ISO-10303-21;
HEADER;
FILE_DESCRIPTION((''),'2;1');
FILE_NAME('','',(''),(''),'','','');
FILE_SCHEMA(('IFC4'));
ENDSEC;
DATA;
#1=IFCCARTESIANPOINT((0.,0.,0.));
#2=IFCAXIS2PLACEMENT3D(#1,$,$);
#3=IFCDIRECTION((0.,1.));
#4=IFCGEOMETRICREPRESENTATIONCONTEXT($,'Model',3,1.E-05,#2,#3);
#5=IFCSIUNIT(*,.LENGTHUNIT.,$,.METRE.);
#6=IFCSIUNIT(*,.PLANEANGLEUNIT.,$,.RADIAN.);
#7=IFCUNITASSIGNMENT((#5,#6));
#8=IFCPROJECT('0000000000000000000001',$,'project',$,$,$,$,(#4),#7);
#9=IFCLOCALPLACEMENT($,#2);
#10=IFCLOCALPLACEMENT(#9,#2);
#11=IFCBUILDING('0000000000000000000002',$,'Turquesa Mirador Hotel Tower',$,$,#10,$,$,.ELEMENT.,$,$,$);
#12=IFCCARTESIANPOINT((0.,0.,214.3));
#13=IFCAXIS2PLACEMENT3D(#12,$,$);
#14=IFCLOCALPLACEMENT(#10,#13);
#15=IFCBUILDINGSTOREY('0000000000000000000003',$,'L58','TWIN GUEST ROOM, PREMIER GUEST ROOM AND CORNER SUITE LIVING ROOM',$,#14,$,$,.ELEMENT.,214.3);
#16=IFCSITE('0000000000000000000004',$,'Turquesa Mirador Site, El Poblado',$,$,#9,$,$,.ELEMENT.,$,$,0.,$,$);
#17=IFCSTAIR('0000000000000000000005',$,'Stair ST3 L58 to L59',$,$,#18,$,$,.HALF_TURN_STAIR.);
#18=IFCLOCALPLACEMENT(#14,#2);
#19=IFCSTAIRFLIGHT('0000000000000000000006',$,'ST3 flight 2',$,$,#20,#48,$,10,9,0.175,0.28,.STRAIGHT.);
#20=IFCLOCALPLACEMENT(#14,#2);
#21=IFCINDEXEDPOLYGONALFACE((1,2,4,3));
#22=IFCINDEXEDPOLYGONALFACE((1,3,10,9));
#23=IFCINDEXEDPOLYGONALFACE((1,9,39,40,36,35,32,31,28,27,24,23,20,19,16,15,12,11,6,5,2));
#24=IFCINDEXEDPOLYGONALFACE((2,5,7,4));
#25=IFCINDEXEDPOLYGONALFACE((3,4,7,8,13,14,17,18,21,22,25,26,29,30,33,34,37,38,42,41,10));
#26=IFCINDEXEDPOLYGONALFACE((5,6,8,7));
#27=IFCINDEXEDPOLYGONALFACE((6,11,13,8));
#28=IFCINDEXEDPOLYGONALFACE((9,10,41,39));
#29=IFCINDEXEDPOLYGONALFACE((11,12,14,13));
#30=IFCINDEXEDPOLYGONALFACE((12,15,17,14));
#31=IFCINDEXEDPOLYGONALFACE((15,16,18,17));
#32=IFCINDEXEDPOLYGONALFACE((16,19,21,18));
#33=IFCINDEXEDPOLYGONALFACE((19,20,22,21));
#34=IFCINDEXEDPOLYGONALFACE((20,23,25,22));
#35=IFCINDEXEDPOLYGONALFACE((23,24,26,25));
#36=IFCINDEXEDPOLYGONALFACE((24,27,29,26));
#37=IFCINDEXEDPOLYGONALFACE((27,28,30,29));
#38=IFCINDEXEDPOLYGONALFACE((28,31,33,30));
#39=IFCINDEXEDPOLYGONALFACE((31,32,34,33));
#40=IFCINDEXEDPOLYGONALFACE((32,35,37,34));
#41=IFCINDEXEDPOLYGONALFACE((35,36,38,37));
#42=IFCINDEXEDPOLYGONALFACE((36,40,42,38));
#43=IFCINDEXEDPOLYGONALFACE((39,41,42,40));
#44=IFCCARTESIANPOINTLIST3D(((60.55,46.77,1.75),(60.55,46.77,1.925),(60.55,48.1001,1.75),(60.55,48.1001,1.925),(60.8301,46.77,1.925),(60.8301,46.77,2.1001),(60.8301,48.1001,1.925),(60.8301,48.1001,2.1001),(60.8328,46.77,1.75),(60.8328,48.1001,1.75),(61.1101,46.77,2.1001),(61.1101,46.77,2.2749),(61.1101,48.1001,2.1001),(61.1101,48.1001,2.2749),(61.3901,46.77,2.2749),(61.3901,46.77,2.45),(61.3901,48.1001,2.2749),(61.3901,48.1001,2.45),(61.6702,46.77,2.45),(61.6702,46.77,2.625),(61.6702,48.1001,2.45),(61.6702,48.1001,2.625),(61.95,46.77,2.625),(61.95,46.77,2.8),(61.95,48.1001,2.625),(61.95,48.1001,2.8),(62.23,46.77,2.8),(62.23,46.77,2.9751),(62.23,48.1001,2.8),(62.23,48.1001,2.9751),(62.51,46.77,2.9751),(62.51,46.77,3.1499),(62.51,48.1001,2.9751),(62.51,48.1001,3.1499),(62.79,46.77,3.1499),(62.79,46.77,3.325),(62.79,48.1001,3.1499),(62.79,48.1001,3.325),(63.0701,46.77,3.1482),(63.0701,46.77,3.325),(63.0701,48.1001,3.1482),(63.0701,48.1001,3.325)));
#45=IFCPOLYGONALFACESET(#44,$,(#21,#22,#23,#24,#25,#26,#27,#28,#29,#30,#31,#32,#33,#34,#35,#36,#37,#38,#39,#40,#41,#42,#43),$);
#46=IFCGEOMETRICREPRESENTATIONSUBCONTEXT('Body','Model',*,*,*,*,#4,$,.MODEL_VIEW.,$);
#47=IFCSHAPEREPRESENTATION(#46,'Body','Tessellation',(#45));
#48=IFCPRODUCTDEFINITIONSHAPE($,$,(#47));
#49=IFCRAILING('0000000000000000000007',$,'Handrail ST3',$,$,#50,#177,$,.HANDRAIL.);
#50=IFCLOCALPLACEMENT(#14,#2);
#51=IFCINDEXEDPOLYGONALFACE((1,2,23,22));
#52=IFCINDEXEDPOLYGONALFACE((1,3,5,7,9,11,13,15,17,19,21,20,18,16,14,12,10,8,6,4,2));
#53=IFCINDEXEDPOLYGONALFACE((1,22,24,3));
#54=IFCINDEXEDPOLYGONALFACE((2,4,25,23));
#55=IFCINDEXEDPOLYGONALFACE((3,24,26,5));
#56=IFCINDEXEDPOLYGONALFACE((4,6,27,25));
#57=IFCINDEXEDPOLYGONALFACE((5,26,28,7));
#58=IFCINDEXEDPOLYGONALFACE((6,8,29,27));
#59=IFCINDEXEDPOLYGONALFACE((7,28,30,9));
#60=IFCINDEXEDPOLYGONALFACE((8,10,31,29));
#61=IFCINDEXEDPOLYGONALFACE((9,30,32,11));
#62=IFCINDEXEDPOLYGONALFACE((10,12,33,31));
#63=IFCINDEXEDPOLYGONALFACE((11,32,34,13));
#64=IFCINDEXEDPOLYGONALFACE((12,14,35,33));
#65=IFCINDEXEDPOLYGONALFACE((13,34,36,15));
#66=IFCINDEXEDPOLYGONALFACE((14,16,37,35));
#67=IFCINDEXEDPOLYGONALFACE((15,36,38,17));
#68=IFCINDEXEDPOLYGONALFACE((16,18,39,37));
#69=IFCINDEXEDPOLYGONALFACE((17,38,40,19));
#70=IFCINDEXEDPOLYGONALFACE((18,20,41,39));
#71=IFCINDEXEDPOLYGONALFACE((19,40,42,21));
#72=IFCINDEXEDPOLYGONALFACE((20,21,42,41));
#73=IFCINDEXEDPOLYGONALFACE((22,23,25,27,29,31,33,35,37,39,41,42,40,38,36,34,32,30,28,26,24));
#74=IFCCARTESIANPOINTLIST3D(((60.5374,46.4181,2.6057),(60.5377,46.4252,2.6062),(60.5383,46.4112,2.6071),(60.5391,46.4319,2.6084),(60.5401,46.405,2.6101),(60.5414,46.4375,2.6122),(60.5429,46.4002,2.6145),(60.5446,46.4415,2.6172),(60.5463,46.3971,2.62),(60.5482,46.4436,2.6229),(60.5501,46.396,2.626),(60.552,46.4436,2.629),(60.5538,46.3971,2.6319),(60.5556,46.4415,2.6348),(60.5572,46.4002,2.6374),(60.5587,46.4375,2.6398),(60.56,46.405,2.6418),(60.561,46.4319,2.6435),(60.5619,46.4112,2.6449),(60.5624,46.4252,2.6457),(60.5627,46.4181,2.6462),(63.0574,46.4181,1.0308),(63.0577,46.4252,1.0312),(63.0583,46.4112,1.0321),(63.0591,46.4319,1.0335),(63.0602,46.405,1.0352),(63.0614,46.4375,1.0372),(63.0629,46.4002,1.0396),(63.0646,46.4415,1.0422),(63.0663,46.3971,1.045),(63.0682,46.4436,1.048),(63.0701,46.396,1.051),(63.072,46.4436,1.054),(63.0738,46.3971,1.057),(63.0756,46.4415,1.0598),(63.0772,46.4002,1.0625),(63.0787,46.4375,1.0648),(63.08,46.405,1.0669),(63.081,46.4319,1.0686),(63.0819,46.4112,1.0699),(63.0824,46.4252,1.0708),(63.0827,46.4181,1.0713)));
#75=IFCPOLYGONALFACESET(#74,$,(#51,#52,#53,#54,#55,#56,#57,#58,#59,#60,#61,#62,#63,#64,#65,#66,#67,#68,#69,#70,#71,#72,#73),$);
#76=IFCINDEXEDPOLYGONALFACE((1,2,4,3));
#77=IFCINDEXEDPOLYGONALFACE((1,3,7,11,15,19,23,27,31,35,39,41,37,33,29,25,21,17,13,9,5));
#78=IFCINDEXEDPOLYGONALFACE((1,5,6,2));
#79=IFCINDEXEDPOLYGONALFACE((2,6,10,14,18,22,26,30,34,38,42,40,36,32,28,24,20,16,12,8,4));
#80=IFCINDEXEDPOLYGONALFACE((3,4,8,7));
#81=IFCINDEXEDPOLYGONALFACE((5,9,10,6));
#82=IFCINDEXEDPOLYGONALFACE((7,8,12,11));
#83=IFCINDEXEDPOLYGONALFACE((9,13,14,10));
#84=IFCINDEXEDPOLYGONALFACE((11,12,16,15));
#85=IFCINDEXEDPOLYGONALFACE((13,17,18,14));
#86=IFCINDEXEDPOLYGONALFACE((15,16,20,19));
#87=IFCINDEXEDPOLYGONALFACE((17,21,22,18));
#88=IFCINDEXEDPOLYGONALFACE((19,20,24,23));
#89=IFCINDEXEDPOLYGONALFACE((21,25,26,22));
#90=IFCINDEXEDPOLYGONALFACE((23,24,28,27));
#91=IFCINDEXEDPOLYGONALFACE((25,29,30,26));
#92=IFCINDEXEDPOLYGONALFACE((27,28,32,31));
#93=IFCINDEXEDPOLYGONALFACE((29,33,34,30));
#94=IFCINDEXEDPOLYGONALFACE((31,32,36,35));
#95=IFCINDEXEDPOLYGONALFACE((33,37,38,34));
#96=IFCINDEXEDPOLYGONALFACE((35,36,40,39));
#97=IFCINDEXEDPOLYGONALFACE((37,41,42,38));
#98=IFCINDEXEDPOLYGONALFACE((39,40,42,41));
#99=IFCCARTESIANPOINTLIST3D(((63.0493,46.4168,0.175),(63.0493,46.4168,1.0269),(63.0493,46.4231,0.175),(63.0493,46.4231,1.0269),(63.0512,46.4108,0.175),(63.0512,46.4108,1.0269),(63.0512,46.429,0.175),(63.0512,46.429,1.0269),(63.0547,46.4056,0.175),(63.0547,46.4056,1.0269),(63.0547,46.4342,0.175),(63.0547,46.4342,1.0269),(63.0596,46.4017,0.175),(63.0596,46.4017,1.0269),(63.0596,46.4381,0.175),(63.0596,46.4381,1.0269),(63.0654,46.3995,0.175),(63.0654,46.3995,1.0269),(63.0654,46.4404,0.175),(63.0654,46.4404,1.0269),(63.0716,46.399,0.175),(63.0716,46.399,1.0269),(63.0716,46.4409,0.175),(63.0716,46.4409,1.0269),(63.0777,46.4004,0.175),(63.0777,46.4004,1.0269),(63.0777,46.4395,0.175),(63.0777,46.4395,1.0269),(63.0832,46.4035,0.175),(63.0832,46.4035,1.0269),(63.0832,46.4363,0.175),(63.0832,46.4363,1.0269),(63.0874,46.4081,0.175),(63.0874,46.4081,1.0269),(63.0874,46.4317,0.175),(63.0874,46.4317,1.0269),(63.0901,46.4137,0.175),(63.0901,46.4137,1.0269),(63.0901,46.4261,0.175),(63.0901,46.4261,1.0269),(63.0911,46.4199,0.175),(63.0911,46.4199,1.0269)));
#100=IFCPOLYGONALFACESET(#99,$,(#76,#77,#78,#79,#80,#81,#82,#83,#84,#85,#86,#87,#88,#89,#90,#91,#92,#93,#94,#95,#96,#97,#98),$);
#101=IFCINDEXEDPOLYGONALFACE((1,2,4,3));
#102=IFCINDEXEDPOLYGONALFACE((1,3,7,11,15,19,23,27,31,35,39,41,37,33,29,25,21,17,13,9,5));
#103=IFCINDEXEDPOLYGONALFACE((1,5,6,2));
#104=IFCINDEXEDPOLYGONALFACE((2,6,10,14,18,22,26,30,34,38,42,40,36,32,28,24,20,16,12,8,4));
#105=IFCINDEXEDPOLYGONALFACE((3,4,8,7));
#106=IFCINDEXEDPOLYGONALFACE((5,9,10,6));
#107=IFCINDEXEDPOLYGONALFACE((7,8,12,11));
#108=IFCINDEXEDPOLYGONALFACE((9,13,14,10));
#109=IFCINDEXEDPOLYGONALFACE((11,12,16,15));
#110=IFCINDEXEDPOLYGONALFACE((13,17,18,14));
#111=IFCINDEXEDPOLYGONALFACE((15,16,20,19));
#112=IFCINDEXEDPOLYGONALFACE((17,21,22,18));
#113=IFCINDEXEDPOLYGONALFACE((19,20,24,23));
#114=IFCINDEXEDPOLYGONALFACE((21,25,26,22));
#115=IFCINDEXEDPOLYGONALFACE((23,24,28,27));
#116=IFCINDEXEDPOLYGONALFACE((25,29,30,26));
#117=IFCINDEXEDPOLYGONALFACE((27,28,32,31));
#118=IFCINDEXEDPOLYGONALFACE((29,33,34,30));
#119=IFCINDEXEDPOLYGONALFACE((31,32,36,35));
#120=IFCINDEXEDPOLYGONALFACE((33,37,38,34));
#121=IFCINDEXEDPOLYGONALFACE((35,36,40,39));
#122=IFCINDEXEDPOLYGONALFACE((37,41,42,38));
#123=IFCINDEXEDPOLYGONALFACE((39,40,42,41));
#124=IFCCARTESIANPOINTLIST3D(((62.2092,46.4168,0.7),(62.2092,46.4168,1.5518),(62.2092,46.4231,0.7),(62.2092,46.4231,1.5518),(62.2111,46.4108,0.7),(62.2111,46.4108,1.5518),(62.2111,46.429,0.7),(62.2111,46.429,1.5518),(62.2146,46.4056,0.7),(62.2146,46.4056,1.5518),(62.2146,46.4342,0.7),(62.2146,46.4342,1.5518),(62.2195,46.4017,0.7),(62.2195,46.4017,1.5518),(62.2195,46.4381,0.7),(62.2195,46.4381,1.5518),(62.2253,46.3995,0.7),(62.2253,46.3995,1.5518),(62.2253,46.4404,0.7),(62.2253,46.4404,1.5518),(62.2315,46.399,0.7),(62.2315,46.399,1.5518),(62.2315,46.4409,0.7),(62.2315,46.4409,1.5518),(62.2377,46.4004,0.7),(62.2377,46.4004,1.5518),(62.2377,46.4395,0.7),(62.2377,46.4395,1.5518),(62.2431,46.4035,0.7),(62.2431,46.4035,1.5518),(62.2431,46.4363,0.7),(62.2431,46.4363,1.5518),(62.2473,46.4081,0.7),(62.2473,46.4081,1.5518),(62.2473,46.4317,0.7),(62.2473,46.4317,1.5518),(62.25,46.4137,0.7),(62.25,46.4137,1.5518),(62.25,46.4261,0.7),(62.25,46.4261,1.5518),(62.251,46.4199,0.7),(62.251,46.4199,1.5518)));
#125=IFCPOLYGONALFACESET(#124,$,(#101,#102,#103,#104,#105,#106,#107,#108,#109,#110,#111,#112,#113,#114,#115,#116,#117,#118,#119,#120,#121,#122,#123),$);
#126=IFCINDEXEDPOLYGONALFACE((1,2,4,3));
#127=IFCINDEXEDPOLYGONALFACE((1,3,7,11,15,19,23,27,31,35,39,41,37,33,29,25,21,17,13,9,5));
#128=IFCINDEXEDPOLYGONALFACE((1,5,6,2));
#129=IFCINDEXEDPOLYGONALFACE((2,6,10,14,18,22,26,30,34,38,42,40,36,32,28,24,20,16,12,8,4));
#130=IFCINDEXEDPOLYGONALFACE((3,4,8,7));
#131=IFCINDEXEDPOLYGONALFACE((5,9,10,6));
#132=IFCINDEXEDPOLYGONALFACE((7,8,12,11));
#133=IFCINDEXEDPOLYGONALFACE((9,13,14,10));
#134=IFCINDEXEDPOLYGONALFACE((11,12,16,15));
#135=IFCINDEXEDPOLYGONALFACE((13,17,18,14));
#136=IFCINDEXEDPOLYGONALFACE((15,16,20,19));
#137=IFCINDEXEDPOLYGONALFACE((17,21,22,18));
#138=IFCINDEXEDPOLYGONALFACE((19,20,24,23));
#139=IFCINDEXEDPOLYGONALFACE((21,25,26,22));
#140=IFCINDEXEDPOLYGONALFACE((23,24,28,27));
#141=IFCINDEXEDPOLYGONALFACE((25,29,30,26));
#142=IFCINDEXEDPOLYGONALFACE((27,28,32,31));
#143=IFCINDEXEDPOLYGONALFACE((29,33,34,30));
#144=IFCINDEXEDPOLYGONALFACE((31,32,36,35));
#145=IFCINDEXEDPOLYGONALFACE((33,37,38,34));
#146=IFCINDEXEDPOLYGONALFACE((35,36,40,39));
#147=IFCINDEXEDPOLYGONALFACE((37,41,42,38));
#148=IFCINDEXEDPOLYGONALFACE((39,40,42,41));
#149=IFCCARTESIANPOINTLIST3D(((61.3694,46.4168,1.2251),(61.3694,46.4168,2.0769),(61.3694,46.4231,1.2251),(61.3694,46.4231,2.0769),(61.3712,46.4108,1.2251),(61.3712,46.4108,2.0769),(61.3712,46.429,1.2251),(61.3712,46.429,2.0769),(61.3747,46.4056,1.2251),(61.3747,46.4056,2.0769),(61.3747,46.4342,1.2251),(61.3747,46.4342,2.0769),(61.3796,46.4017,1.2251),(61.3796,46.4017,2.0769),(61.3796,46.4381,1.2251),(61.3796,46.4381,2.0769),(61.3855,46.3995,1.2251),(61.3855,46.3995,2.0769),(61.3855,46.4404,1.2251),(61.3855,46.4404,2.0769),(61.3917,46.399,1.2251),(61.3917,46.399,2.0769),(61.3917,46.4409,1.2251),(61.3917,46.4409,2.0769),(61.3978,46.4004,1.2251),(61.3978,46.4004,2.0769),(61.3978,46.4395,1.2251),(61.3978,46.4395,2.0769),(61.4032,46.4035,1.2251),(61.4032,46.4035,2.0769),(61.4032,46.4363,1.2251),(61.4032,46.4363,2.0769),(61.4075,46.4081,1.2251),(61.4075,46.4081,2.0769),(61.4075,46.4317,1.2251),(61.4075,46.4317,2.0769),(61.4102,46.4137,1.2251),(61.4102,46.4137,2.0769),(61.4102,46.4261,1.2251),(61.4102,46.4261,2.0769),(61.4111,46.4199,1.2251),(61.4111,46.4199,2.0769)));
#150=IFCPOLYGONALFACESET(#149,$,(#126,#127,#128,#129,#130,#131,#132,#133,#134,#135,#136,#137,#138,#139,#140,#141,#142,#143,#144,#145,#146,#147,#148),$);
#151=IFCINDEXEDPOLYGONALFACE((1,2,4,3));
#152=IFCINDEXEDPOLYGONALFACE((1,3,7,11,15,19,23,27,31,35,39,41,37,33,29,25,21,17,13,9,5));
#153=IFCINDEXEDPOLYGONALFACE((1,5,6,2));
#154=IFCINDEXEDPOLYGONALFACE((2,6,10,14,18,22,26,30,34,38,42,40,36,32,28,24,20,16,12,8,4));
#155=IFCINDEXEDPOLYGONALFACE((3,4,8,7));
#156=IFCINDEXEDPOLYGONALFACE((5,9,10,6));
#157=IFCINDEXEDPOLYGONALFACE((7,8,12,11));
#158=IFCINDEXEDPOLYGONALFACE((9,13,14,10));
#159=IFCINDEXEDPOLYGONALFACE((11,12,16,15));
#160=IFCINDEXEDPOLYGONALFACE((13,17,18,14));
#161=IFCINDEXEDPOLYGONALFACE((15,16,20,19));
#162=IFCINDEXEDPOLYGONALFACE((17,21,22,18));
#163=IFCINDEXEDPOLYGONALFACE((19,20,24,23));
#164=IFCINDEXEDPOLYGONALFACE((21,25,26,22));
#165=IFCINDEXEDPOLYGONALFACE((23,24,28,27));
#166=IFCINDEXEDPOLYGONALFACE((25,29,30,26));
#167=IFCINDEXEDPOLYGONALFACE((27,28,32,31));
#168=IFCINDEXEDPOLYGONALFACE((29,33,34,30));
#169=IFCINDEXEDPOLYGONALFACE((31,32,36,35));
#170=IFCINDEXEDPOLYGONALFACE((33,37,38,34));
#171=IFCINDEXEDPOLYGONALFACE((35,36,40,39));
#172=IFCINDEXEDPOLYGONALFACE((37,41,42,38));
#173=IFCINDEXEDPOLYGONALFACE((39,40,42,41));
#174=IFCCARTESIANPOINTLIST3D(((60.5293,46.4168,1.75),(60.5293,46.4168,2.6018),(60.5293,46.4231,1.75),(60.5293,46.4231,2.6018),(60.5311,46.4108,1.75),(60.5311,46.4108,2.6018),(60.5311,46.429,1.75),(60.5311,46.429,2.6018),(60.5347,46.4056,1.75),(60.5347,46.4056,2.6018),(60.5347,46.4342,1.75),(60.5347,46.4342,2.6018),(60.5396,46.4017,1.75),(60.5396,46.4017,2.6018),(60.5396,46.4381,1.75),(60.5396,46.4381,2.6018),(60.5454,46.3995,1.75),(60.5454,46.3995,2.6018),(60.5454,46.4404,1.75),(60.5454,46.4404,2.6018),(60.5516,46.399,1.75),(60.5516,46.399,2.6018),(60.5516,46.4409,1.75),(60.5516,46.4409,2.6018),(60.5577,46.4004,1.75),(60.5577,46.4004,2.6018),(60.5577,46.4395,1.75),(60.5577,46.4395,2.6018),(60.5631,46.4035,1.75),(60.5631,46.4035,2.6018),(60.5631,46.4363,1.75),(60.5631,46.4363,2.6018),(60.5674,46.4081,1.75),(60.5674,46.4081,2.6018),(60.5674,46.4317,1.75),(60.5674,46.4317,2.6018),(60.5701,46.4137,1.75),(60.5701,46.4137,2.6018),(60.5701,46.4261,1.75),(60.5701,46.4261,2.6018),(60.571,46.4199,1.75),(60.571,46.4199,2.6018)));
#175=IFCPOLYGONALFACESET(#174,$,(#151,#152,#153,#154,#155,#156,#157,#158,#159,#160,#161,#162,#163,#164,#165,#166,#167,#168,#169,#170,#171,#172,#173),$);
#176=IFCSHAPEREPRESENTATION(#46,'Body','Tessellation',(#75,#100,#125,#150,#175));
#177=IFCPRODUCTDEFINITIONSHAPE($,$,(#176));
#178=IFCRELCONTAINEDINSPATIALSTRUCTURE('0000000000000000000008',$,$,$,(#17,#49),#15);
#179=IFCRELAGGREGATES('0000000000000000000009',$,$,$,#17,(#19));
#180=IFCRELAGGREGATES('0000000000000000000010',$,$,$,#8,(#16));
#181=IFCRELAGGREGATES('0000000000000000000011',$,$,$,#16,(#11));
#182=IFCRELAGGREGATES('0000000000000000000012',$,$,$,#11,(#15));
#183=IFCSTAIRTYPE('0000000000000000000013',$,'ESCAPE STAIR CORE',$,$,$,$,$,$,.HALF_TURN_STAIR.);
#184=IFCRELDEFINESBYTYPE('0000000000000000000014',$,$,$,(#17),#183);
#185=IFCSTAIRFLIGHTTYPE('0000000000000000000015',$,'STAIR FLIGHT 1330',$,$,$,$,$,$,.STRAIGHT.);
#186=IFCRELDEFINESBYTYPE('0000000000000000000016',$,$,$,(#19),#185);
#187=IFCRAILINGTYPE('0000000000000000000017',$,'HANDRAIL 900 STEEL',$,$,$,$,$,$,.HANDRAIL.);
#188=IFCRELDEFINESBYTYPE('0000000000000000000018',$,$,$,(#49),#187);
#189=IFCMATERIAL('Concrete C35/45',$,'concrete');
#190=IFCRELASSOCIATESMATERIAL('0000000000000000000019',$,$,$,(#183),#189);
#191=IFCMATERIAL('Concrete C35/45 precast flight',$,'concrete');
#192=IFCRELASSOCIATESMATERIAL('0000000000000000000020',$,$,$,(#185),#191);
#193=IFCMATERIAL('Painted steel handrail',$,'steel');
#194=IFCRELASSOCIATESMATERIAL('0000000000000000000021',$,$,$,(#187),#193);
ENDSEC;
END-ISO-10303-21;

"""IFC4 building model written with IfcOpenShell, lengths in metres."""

from ifc_helpers import new_model, si_unit, direction, frame, origin, origin_2d, place, context, subcontext, project, spatial, polyline, circle, outline, extrude, material, type_object, element, aggregate, save


model = new_model("IFC4")

# Units and contexts
model_context = context("Model", 3, precision=1e-05, world=origin(), true_north=direction((0.0, 1.0)))
body_context = subcontext(model_context, "Body", "Model", "MODEL_VIEW")
ifc_project = project(units=[si_unit("LENGTHUNIT", "METRE"), si_unit("PLANEANGLEUNIT", "RADIAN")], contexts=[model_context])

# Site, building, storey
site_placement = place(None, origin())
site = spatial("IfcSite", under=ifc_project, at=site_placement, Name="Turquesa Mirador Site, El Poblado", CompositionType="ELEMENT", RefElevation=0.0)
building_placement = place(site_placement, origin())
building = spatial("IfcBuilding", under=site, at=building_placement, Name="Turquesa Mirador Hotel Tower", CompositionType="ELEMENT")
storey_placement = place(building_placement, frame((0.0, 0.0, 214.3)))
storey = spatial("IfcBuildingStorey", under=building, at=storey_placement, Name="L58", Description="TWIN GUEST ROOM, PREMIER GUEST ROOM AND CORNER SUITE LIVING ROOM", CompositionType="ELEMENT", Elevation=214.3)

# Stair, stair flight
ifc_material_1 = material(Name="Concrete C35/45", Category="concrete")
stair_type = type_object("IfcStairType", Name="ESCAPE STAIR CORE", PredefinedType="HALF_TURN_STAIR", material=ifc_material_1)
stair_placement = place(storey_placement, origin())
stair = element("IfcStair", 1, at=stair_placement, inside=storey, type_object=stair_type, Name="Stair ST3 L58 to L59", PredefinedType="HALF_TURN_STAIR")
ifc_material_2 = material(Name="Concrete C35/45 precast flight", Category="concrete")
stair_flight_type = type_object("IfcStairFlightType", Name="STAIR FLIGHT 1330", PredefinedType="STRAIGHT", material=ifc_material_2)
stair_flight_1_placement = place(storey_placement, frame((60.55, 47.4351, 1.75), z_axis=(0.0, 0.0, 1.0), x_axis=(1.0, 0.0, 0.0)))
stair_flight_1 = element("IfcStairFlight", 2, at=stair_flight_1_placement, type_object=stair_flight_type, Name="ST3 flight 2", NumberOfRisers=10, NumberOfTreads=9, PredefinedType="STRAIGHT", RiserHeight=0.175, TreadLength=0.28, context=body_context, shape_type="SweptSolid", body=[
    extrude(outline(polyline([(0.0, 0.0), (0.0, 0.175), (0.28, 0.175), (0.28, 0.3501), (0.5601, 0.3501), (0.5601, 0.5249), (0.8401, 0.5249), (0.8401, 0.7), (1.1201, 0.7), (1.1201, 0.875), (1.3999, 0.875), (1.3999, 1.05), (1.6799, 1.05), (1.6799, 1.2251), (1.96, 1.2251), (1.96, 1.3999), (2.24, 1.3999), (2.24, 1.575), (2.52, 1.575), (2.52, 1.75), (2.52, 1.3982), (0.2827, 0.0), (0.0, 0.0)])), frame((0.0, 0.665, 0.0), z_axis=(0.0, -1.0, 0.0), x_axis=(1.0, 0.0, 0.0)), (0.0, 0.0, 1.0), 1.3301),
])
aggregate(stair, [stair_flight_1])

# Railing
ifc_material_3 = material(Name="Painted steel handrail", Category="steel")
railing_type = type_object("IfcRailingType", Name="HANDRAIL 900 STEEL", PredefinedType="HANDRAIL", material=ifc_material_3)
railing_1_placement = place(storey_placement, frame((63.0701, 46.4199, 0.175)))
element("IfcRailing", 3, at=railing_1_placement, inside=storey, type_object=railing_type, Name="Handrail ST3", PredefinedType="HANDRAIL", context=body_context, shape_type="SweptSolid", body=[
    extrude(circle(Radius=0.0239, at=origin_2d()), frame((0.0, 0.0, 0.876), z_axis=(-0.848008, 0.0, 0.529984), x_axis=(0.0, -1.0, 0.0)), (0.0, 0.0, 1.0), 2.9717),
    extrude(circle(Radius=0.021, at=origin_2d()), origin(), (0.0, 0.0, 1.0), 0.8518),
    extrude(circle(Radius=0.021, at=origin_2d()), frame((-0.8401, 0.0, 0.5249)), (0.0, 0.0, 1.0), 0.8518),
    extrude(circle(Radius=0.021, at=origin_2d()), frame((-1.6799, 0.0, 1.05)), (0.0, 0.0, 1.0), 0.8518),
    extrude(circle(Radius=0.021, at=origin_2d()), frame((-2.52, 0.0, 1.575)), (0.0, 0.0, 1.0), 0.8518),
])

save(model, "model.ifc")
